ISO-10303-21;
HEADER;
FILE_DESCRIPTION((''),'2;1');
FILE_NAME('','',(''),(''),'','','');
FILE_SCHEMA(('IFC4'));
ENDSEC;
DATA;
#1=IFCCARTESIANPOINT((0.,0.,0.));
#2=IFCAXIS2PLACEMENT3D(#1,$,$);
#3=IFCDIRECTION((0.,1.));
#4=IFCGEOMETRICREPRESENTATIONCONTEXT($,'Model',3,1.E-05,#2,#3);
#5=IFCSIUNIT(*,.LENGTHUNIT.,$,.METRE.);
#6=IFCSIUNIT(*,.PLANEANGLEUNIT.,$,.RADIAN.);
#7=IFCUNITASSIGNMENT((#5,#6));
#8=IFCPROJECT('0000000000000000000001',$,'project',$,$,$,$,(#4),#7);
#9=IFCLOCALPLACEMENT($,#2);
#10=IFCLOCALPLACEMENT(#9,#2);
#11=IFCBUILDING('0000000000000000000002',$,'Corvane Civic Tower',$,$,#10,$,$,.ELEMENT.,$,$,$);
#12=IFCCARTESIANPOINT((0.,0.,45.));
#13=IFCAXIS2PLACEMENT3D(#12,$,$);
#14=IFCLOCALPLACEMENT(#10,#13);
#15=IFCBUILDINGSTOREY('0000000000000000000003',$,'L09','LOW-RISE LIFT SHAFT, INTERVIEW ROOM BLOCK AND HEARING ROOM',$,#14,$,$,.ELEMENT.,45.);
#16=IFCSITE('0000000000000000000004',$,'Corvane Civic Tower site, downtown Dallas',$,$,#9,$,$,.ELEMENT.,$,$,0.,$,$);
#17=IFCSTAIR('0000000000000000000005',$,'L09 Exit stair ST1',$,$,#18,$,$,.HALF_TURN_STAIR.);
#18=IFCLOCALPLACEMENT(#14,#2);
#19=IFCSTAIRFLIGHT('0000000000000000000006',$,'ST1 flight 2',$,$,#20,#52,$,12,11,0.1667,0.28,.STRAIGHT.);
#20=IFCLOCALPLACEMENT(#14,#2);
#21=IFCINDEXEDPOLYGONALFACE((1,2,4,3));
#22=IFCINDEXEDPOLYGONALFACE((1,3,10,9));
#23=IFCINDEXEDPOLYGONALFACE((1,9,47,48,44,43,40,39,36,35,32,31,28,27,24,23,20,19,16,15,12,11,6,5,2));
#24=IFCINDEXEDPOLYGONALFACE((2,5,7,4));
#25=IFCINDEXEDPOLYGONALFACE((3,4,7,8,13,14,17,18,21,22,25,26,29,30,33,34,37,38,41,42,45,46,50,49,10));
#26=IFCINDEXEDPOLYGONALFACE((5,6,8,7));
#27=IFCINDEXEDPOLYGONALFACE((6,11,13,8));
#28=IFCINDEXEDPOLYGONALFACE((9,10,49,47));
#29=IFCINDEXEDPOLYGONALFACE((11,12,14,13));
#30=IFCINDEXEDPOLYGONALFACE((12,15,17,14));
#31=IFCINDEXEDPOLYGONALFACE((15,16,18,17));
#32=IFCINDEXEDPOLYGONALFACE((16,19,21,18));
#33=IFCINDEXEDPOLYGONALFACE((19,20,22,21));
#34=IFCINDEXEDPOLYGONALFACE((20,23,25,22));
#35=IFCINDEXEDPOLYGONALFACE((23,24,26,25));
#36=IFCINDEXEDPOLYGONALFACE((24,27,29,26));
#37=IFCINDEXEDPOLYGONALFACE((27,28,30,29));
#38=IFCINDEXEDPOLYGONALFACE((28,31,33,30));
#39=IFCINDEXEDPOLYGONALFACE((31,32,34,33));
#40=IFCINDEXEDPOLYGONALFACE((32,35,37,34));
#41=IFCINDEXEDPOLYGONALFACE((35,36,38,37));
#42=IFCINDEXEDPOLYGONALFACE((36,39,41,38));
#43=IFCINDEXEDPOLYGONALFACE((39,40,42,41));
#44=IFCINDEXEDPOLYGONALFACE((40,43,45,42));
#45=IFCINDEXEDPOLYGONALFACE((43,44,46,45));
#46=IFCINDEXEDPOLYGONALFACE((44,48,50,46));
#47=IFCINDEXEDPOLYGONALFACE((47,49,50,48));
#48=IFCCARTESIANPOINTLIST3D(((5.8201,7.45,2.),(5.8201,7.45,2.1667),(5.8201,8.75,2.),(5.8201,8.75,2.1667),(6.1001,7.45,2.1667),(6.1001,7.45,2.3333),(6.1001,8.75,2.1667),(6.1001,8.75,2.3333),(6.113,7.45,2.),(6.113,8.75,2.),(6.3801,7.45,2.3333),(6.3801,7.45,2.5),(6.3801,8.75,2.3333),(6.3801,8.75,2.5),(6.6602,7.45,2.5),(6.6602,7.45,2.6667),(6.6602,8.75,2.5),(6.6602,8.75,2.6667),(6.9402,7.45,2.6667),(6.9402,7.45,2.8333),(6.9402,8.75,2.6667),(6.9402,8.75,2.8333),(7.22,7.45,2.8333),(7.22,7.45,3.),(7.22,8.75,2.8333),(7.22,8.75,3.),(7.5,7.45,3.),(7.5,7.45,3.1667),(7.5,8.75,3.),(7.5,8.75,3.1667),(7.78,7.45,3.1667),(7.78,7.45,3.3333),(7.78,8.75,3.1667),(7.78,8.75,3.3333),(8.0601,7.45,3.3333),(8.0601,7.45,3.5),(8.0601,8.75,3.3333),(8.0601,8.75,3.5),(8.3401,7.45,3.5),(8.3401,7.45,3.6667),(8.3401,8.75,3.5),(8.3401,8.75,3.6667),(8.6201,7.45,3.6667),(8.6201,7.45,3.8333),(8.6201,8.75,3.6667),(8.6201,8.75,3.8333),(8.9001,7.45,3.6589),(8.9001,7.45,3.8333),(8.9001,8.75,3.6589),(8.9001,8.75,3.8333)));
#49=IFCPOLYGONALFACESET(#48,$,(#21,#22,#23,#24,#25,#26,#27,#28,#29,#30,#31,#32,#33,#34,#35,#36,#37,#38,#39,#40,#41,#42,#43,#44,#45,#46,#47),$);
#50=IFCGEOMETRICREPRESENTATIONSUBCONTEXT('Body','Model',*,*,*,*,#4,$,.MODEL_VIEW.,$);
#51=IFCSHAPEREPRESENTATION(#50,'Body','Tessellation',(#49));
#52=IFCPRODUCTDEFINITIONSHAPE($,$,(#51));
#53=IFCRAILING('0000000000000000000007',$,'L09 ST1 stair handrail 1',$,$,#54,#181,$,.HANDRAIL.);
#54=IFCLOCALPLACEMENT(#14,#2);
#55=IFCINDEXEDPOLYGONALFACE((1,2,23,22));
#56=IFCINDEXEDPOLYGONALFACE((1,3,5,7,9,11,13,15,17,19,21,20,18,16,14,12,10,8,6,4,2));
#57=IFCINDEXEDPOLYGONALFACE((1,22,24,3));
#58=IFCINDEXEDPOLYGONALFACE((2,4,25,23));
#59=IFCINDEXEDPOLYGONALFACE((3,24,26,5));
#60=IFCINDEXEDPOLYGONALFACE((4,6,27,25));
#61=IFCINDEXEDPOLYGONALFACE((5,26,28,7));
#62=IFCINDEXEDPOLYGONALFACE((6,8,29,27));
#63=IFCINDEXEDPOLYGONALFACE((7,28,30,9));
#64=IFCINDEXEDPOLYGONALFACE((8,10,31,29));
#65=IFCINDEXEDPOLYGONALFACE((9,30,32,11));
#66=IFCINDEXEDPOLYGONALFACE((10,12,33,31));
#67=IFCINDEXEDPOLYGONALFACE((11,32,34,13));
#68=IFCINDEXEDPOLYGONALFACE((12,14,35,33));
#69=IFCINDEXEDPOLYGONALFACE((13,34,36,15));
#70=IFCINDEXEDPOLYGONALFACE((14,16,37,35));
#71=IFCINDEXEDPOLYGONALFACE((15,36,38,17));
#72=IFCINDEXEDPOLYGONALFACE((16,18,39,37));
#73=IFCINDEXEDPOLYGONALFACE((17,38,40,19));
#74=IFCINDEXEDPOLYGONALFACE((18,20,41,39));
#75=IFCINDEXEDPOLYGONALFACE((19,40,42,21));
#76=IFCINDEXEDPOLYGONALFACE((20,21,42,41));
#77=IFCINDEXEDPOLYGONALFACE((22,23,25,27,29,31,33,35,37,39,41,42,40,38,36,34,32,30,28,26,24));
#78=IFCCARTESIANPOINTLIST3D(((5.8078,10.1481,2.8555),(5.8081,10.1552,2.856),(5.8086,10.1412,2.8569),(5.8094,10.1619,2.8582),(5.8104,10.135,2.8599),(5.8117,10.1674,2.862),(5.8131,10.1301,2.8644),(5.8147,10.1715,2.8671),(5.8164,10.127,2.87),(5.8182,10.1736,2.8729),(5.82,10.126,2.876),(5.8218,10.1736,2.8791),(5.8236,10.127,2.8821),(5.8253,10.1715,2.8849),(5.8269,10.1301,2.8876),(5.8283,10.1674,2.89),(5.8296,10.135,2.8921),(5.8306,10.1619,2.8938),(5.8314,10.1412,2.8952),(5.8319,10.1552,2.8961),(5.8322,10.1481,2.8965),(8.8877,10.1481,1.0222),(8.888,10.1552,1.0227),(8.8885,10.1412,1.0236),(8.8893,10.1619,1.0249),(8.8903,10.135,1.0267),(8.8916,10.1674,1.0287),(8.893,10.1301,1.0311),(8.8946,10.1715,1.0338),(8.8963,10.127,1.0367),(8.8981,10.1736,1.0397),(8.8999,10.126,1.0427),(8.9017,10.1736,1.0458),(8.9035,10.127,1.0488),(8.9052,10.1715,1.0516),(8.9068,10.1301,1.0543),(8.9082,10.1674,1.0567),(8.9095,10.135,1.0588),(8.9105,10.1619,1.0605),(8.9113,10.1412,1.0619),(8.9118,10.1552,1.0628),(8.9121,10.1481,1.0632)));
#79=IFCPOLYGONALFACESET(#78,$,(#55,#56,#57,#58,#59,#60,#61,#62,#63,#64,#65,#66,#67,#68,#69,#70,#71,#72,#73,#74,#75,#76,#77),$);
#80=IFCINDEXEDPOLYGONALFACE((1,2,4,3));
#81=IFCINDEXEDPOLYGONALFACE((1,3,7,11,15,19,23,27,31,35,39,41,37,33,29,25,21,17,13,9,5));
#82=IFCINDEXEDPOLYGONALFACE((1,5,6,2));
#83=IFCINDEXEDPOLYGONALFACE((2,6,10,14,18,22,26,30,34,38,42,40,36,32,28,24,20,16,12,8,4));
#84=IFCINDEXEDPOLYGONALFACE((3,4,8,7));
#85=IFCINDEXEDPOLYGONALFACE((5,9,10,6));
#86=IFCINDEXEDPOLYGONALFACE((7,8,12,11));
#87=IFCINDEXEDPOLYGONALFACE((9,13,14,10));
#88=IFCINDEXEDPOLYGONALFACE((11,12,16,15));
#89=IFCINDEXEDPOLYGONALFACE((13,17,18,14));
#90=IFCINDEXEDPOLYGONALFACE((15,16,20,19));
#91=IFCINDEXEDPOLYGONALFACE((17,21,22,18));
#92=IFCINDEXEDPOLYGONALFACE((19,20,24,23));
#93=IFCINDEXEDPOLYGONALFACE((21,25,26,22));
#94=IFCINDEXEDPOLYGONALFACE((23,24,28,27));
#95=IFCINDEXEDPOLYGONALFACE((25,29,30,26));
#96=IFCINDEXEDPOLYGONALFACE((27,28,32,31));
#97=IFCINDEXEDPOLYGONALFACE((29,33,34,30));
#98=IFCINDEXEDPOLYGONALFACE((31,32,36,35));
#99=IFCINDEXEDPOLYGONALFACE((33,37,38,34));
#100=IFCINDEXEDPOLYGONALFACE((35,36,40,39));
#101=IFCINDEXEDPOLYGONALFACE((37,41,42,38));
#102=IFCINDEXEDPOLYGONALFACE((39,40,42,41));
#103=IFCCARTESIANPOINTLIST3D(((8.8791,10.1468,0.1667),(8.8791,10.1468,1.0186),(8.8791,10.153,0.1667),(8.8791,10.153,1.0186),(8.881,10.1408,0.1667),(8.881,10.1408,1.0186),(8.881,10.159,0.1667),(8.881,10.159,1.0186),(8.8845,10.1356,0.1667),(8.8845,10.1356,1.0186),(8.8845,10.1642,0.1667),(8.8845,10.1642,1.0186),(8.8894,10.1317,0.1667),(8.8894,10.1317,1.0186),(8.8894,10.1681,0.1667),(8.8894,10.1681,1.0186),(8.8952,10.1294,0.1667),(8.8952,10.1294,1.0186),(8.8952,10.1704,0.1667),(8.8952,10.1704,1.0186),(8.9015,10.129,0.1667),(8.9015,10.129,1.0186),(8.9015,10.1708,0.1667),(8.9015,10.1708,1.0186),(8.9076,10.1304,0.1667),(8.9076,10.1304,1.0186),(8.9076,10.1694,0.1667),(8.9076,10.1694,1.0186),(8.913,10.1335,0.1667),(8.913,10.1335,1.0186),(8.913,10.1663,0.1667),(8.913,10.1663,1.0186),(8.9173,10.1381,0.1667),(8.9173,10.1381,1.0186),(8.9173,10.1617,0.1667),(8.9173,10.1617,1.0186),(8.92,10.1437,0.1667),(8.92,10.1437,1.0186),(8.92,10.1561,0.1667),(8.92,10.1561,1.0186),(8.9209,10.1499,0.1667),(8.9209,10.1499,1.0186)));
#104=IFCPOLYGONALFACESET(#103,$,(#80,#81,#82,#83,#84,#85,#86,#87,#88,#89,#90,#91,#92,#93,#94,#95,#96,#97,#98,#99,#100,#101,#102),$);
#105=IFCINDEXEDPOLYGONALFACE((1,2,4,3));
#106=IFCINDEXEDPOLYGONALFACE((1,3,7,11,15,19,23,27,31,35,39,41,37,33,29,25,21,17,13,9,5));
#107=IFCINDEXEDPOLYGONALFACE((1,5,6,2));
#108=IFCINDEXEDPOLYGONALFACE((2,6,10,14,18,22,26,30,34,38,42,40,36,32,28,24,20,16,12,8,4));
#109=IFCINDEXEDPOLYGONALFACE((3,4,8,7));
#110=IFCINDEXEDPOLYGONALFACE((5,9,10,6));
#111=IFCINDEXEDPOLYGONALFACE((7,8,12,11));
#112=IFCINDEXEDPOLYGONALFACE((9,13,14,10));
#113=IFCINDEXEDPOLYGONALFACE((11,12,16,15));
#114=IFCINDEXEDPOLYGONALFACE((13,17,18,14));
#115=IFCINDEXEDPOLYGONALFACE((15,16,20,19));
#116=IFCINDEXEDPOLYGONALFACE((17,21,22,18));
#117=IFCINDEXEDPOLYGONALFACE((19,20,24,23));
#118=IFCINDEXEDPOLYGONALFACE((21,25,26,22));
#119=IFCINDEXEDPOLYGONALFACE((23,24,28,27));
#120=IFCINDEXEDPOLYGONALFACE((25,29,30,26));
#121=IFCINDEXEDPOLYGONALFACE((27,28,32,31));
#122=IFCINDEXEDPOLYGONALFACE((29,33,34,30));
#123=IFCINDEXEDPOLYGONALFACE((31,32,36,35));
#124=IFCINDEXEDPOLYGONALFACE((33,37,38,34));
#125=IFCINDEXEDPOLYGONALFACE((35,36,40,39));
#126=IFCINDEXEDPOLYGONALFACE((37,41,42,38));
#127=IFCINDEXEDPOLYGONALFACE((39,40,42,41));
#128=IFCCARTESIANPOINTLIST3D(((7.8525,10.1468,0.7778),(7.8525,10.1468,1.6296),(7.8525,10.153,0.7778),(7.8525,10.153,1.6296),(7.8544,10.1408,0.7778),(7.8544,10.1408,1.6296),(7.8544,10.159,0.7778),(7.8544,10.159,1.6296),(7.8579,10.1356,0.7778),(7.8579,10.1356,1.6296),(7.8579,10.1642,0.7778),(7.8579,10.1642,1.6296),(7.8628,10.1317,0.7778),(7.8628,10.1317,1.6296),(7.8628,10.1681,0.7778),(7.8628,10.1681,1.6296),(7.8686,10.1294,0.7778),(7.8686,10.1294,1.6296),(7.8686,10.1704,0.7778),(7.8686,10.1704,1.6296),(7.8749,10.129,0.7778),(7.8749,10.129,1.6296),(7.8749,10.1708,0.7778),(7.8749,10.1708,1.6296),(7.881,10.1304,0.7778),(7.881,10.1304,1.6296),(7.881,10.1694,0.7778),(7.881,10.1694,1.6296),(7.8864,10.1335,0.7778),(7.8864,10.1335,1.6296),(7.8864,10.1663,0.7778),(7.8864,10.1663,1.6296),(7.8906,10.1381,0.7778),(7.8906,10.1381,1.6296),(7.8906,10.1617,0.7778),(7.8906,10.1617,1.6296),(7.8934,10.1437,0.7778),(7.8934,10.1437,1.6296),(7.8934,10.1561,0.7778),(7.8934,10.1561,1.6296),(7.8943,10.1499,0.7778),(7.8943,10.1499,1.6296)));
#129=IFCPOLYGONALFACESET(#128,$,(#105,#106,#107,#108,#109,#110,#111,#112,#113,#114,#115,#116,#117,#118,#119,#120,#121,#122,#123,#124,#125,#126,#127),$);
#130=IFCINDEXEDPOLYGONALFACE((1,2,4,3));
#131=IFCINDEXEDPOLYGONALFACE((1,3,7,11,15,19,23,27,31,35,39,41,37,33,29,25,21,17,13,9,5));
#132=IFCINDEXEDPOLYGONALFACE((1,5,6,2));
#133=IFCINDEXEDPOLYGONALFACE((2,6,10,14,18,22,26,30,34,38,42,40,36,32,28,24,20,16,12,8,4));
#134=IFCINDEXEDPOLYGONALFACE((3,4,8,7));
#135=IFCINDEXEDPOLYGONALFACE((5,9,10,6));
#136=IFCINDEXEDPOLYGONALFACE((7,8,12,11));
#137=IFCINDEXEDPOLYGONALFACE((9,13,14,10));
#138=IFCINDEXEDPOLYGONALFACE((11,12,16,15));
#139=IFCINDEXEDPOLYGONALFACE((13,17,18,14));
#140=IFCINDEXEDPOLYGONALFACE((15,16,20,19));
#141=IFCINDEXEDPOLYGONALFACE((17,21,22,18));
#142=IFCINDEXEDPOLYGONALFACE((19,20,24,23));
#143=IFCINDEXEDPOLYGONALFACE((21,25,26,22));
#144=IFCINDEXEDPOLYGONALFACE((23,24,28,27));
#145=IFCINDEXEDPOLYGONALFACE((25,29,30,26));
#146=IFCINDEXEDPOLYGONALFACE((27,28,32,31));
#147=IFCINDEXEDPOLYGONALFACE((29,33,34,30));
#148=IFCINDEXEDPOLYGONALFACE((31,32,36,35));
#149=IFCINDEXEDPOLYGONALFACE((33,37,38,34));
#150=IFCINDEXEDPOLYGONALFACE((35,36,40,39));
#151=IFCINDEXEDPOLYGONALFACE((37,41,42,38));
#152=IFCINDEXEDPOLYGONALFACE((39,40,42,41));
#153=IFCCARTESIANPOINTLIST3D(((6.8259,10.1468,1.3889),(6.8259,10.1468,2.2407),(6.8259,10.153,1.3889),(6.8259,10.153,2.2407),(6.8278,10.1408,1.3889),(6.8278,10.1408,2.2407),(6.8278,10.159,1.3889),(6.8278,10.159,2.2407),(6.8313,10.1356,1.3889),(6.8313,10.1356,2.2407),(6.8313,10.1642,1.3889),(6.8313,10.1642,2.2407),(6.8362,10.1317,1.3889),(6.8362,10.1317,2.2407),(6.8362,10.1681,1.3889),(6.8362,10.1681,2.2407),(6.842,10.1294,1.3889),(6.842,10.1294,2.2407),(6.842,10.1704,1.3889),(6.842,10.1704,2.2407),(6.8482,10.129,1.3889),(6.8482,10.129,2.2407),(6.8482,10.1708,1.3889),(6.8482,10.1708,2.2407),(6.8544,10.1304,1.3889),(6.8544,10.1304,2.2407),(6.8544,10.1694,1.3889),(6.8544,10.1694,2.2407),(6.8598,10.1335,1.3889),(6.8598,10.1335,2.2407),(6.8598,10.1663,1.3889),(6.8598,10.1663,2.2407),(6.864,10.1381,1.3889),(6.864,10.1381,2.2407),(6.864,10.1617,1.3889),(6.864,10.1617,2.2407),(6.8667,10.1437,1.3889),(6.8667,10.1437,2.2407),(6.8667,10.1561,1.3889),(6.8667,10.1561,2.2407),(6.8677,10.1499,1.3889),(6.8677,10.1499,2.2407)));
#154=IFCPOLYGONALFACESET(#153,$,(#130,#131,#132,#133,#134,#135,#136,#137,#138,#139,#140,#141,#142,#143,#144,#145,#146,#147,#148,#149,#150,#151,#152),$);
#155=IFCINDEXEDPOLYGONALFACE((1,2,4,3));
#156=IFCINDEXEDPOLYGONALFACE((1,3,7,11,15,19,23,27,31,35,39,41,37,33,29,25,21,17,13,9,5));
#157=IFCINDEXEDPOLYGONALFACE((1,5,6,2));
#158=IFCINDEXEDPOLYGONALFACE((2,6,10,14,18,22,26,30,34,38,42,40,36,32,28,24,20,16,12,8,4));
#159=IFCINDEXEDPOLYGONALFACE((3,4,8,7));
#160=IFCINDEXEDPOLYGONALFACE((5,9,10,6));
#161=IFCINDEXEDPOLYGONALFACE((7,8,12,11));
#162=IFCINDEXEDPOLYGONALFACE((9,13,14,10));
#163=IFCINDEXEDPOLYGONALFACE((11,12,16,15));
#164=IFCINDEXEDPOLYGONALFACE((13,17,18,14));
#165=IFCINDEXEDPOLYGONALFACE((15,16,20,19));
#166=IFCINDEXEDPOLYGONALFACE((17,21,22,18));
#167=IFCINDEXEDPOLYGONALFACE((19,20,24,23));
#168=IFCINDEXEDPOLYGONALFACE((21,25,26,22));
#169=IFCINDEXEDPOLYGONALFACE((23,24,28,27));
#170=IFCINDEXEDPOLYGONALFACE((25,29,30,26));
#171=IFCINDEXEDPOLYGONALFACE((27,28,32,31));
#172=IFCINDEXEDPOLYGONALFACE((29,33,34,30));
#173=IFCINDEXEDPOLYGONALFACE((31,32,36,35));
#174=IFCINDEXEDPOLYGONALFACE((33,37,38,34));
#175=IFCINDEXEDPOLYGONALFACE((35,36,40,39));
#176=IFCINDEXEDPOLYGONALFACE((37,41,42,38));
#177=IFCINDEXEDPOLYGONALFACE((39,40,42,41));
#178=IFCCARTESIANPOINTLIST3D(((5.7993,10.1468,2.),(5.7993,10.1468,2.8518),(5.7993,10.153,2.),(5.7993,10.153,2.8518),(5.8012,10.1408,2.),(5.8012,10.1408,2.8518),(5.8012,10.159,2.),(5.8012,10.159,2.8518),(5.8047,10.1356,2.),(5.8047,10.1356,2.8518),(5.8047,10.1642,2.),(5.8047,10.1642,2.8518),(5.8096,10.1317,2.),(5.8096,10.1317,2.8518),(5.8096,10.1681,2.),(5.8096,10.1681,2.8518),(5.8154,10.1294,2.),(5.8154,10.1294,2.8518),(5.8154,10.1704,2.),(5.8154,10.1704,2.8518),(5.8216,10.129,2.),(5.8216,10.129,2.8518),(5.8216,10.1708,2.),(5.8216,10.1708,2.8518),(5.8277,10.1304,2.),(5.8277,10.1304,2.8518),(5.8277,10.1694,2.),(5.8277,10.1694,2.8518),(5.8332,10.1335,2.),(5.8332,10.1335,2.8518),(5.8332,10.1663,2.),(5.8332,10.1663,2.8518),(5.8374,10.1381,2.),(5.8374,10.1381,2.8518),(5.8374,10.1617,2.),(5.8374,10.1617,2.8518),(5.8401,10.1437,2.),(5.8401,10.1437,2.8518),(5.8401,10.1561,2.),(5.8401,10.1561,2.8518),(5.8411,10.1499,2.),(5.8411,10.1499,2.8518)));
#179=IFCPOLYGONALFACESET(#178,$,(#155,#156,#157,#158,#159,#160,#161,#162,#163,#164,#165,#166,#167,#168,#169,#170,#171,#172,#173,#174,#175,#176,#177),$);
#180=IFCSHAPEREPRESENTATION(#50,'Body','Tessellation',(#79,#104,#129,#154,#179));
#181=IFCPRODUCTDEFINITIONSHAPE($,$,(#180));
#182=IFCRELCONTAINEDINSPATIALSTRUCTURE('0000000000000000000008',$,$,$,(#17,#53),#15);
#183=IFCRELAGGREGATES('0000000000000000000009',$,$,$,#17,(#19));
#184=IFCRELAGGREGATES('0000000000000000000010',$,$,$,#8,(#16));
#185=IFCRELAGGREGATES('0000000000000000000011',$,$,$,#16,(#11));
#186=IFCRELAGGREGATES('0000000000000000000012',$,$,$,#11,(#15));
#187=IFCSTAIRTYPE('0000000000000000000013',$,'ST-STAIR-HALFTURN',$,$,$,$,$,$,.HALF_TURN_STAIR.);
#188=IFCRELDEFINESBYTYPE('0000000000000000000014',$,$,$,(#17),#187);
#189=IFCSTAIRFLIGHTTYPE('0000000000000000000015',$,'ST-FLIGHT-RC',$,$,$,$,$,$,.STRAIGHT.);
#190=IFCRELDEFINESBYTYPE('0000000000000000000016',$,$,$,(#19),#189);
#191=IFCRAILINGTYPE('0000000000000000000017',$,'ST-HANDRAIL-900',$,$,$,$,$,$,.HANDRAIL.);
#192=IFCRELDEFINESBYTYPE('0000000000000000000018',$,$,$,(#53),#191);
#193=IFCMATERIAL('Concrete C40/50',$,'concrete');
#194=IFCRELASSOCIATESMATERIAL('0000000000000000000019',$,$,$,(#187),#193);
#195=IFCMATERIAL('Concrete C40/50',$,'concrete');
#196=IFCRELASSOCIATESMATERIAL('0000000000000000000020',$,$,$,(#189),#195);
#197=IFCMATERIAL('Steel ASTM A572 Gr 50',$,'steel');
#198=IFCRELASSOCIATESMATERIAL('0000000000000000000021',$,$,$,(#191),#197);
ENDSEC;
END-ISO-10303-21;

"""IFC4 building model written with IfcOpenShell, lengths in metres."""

from ifc_helpers import new_model, si_unit, direction, frame, origin, origin_2d, place, context, subcontext, project, spatial, polyline, circle, outline, extrude, material, type_object, element, aggregate, save


model = new_model("IFC4")

# Units and contexts
model_context = context("Model", 3, precision=1e-05, world=origin(), true_north=direction((0.0, 1.0)))
body_context = subcontext(model_context, "Body", "Model", "MODEL_VIEW")
ifc_project = project(units=[si_unit("LENGTHUNIT", "METRE"), si_unit("PLANEANGLEUNIT", "RADIAN")], contexts=[model_context])

# Site, building, storey
site_placement = place(None, origin())
site = spatial("IfcSite", under=ifc_project, at=site_placement, Name="Corvane Civic Tower site, downtown Dallas", CompositionType="ELEMENT", RefElevation=0.0)
building_placement = place(site_placement, origin())
building = spatial("IfcBuilding", under=site, at=building_placement, Name="Corvane Civic Tower", CompositionType="ELEMENT")
storey_placement = place(building_placement, frame((0.0, 0.0, 45.0)))
storey = spatial("IfcBuildingStorey", under=building, at=storey_placement, Name="L09", Description="LOW-RISE LIFT SHAFT, INTERVIEW ROOM BLOCK AND HEARING ROOM", CompositionType="ELEMENT", Elevation=45.0)

# Stair, stair flight
ifc_material_1 = material(Name="Concrete C40/50", Category="concrete")
stair_type = type_object("IfcStairType", Name="ST-STAIR-HALFTURN", PredefinedType="HALF_TURN_STAIR", material=ifc_material_1)
stair_placement = place(storey_placement, origin())
stair = element("IfcStair", 1, at=stair_placement, inside=storey, type_object=stair_type, Name="L09 Exit stair ST1", PredefinedType="HALF_TURN_STAIR")
ifc_material_2 = material(Name="Concrete C40/50", Category="concrete")
stair_flight_type = type_object("IfcStairFlightType", Name="ST-FLIGHT-RC", PredefinedType="STRAIGHT", material=ifc_material_2)
stair_flight_1_placement = place(storey_placement, frame((5.8201, 8.1001, 2.0), z_axis=(0.0, 0.0, 1.0), x_axis=(1.0, 0.0, 0.0)))
stair_flight_1 = element("IfcStairFlight", 2, at=stair_flight_1_placement, type_object=stair_flight_type, Name="ST1 flight 2", NumberOfRisers=12, NumberOfTreads=11, PredefinedType="STRAIGHT", RiserHeight=0.1667, TreadLength=0.28, context=body_context, shape_type="SweptSolid", body=[
    extrude(outline(polyline([(0.0, 0.0), (0.0, 0.1667), (0.28, 0.1667), (0.28, 0.3333), (0.5601, 0.3333), (0.5601, 0.5), (0.8401, 0.5), (0.8401, 0.6667), (1.1201, 0.6667), (1.1201, 0.8333), (1.3999, 0.8333), (1.3999, 1.0), (1.6799, 1.0), (1.6799, 1.1667), (1.96, 1.1667), (1.96, 1.3333), (2.24, 1.3333), (2.24, 1.5), (2.52, 1.5), (2.52, 1.6667), (2.8, 1.6667), (2.8, 1.8333), (3.0801, 1.8333), (3.0801, 2.0), (3.0801, 1.6589), (0.293, 0.0), (0.0, 0.0)])), frame((0.0, 0.6499, 0.0), z_axis=(0.0, -1.0, 0.0), x_axis=(1.0, 0.0, 0.0)), (0.0, 0.0, 1.0), 1.3),
])
aggregate(stair, [stair_flight_1])

# Railing
ifc_material_3 = material(Name="Steel ASTM A572 Gr 50", Category="steel")
railing_type_1 = type_object("IfcRailingType", Name="ST-HANDRAIL-900", PredefinedType="HANDRAIL", material=ifc_material_3)
railing_1_placement = place(storey_placement, frame((8.8999, 10.1499, 0.1667)))
element("IfcRailing", 3, at=railing_1_placement, inside=storey, type_object=railing_type_1, Name="L09 ST1 stair handrail 1", PredefinedType="HANDRAIL", context=body_context, shape_type="SweptSolid", body=[
    extrude(circle(Radius=0.0239, at=origin_2d()), frame((0.0, 0.0, 0.876), z_axis=(-0.859291, 0.0, 0.511487), x_axis=(0.0, -1.0, 0.0)), (0.0, 0.0, 1.0), 3.5842),
    extrude(circle(Radius=0.021, at=origin_2d()), origin(), (0.0, 0.0, 1.0), 0.8518),
    extrude(circle(Radius=0.021, at=origin_2d()), frame((-1.0266, 0.0, 0.6111)), (0.0, 0.0, 1.0), 0.8518),
    extrude(circle(Radius=0.021, at=origin_2d()), frame((-2.0532, 0.0, 1.2222)), (0.0, 0.0, 1.0), 0.8518),
    extrude(circle(Radius=0.021, at=origin_2d()), frame((-3.0798, 0.0, 1.8333)), (0.0, 0.0, 1.0), 0.8518),
])

save(model, "model.ifc")
